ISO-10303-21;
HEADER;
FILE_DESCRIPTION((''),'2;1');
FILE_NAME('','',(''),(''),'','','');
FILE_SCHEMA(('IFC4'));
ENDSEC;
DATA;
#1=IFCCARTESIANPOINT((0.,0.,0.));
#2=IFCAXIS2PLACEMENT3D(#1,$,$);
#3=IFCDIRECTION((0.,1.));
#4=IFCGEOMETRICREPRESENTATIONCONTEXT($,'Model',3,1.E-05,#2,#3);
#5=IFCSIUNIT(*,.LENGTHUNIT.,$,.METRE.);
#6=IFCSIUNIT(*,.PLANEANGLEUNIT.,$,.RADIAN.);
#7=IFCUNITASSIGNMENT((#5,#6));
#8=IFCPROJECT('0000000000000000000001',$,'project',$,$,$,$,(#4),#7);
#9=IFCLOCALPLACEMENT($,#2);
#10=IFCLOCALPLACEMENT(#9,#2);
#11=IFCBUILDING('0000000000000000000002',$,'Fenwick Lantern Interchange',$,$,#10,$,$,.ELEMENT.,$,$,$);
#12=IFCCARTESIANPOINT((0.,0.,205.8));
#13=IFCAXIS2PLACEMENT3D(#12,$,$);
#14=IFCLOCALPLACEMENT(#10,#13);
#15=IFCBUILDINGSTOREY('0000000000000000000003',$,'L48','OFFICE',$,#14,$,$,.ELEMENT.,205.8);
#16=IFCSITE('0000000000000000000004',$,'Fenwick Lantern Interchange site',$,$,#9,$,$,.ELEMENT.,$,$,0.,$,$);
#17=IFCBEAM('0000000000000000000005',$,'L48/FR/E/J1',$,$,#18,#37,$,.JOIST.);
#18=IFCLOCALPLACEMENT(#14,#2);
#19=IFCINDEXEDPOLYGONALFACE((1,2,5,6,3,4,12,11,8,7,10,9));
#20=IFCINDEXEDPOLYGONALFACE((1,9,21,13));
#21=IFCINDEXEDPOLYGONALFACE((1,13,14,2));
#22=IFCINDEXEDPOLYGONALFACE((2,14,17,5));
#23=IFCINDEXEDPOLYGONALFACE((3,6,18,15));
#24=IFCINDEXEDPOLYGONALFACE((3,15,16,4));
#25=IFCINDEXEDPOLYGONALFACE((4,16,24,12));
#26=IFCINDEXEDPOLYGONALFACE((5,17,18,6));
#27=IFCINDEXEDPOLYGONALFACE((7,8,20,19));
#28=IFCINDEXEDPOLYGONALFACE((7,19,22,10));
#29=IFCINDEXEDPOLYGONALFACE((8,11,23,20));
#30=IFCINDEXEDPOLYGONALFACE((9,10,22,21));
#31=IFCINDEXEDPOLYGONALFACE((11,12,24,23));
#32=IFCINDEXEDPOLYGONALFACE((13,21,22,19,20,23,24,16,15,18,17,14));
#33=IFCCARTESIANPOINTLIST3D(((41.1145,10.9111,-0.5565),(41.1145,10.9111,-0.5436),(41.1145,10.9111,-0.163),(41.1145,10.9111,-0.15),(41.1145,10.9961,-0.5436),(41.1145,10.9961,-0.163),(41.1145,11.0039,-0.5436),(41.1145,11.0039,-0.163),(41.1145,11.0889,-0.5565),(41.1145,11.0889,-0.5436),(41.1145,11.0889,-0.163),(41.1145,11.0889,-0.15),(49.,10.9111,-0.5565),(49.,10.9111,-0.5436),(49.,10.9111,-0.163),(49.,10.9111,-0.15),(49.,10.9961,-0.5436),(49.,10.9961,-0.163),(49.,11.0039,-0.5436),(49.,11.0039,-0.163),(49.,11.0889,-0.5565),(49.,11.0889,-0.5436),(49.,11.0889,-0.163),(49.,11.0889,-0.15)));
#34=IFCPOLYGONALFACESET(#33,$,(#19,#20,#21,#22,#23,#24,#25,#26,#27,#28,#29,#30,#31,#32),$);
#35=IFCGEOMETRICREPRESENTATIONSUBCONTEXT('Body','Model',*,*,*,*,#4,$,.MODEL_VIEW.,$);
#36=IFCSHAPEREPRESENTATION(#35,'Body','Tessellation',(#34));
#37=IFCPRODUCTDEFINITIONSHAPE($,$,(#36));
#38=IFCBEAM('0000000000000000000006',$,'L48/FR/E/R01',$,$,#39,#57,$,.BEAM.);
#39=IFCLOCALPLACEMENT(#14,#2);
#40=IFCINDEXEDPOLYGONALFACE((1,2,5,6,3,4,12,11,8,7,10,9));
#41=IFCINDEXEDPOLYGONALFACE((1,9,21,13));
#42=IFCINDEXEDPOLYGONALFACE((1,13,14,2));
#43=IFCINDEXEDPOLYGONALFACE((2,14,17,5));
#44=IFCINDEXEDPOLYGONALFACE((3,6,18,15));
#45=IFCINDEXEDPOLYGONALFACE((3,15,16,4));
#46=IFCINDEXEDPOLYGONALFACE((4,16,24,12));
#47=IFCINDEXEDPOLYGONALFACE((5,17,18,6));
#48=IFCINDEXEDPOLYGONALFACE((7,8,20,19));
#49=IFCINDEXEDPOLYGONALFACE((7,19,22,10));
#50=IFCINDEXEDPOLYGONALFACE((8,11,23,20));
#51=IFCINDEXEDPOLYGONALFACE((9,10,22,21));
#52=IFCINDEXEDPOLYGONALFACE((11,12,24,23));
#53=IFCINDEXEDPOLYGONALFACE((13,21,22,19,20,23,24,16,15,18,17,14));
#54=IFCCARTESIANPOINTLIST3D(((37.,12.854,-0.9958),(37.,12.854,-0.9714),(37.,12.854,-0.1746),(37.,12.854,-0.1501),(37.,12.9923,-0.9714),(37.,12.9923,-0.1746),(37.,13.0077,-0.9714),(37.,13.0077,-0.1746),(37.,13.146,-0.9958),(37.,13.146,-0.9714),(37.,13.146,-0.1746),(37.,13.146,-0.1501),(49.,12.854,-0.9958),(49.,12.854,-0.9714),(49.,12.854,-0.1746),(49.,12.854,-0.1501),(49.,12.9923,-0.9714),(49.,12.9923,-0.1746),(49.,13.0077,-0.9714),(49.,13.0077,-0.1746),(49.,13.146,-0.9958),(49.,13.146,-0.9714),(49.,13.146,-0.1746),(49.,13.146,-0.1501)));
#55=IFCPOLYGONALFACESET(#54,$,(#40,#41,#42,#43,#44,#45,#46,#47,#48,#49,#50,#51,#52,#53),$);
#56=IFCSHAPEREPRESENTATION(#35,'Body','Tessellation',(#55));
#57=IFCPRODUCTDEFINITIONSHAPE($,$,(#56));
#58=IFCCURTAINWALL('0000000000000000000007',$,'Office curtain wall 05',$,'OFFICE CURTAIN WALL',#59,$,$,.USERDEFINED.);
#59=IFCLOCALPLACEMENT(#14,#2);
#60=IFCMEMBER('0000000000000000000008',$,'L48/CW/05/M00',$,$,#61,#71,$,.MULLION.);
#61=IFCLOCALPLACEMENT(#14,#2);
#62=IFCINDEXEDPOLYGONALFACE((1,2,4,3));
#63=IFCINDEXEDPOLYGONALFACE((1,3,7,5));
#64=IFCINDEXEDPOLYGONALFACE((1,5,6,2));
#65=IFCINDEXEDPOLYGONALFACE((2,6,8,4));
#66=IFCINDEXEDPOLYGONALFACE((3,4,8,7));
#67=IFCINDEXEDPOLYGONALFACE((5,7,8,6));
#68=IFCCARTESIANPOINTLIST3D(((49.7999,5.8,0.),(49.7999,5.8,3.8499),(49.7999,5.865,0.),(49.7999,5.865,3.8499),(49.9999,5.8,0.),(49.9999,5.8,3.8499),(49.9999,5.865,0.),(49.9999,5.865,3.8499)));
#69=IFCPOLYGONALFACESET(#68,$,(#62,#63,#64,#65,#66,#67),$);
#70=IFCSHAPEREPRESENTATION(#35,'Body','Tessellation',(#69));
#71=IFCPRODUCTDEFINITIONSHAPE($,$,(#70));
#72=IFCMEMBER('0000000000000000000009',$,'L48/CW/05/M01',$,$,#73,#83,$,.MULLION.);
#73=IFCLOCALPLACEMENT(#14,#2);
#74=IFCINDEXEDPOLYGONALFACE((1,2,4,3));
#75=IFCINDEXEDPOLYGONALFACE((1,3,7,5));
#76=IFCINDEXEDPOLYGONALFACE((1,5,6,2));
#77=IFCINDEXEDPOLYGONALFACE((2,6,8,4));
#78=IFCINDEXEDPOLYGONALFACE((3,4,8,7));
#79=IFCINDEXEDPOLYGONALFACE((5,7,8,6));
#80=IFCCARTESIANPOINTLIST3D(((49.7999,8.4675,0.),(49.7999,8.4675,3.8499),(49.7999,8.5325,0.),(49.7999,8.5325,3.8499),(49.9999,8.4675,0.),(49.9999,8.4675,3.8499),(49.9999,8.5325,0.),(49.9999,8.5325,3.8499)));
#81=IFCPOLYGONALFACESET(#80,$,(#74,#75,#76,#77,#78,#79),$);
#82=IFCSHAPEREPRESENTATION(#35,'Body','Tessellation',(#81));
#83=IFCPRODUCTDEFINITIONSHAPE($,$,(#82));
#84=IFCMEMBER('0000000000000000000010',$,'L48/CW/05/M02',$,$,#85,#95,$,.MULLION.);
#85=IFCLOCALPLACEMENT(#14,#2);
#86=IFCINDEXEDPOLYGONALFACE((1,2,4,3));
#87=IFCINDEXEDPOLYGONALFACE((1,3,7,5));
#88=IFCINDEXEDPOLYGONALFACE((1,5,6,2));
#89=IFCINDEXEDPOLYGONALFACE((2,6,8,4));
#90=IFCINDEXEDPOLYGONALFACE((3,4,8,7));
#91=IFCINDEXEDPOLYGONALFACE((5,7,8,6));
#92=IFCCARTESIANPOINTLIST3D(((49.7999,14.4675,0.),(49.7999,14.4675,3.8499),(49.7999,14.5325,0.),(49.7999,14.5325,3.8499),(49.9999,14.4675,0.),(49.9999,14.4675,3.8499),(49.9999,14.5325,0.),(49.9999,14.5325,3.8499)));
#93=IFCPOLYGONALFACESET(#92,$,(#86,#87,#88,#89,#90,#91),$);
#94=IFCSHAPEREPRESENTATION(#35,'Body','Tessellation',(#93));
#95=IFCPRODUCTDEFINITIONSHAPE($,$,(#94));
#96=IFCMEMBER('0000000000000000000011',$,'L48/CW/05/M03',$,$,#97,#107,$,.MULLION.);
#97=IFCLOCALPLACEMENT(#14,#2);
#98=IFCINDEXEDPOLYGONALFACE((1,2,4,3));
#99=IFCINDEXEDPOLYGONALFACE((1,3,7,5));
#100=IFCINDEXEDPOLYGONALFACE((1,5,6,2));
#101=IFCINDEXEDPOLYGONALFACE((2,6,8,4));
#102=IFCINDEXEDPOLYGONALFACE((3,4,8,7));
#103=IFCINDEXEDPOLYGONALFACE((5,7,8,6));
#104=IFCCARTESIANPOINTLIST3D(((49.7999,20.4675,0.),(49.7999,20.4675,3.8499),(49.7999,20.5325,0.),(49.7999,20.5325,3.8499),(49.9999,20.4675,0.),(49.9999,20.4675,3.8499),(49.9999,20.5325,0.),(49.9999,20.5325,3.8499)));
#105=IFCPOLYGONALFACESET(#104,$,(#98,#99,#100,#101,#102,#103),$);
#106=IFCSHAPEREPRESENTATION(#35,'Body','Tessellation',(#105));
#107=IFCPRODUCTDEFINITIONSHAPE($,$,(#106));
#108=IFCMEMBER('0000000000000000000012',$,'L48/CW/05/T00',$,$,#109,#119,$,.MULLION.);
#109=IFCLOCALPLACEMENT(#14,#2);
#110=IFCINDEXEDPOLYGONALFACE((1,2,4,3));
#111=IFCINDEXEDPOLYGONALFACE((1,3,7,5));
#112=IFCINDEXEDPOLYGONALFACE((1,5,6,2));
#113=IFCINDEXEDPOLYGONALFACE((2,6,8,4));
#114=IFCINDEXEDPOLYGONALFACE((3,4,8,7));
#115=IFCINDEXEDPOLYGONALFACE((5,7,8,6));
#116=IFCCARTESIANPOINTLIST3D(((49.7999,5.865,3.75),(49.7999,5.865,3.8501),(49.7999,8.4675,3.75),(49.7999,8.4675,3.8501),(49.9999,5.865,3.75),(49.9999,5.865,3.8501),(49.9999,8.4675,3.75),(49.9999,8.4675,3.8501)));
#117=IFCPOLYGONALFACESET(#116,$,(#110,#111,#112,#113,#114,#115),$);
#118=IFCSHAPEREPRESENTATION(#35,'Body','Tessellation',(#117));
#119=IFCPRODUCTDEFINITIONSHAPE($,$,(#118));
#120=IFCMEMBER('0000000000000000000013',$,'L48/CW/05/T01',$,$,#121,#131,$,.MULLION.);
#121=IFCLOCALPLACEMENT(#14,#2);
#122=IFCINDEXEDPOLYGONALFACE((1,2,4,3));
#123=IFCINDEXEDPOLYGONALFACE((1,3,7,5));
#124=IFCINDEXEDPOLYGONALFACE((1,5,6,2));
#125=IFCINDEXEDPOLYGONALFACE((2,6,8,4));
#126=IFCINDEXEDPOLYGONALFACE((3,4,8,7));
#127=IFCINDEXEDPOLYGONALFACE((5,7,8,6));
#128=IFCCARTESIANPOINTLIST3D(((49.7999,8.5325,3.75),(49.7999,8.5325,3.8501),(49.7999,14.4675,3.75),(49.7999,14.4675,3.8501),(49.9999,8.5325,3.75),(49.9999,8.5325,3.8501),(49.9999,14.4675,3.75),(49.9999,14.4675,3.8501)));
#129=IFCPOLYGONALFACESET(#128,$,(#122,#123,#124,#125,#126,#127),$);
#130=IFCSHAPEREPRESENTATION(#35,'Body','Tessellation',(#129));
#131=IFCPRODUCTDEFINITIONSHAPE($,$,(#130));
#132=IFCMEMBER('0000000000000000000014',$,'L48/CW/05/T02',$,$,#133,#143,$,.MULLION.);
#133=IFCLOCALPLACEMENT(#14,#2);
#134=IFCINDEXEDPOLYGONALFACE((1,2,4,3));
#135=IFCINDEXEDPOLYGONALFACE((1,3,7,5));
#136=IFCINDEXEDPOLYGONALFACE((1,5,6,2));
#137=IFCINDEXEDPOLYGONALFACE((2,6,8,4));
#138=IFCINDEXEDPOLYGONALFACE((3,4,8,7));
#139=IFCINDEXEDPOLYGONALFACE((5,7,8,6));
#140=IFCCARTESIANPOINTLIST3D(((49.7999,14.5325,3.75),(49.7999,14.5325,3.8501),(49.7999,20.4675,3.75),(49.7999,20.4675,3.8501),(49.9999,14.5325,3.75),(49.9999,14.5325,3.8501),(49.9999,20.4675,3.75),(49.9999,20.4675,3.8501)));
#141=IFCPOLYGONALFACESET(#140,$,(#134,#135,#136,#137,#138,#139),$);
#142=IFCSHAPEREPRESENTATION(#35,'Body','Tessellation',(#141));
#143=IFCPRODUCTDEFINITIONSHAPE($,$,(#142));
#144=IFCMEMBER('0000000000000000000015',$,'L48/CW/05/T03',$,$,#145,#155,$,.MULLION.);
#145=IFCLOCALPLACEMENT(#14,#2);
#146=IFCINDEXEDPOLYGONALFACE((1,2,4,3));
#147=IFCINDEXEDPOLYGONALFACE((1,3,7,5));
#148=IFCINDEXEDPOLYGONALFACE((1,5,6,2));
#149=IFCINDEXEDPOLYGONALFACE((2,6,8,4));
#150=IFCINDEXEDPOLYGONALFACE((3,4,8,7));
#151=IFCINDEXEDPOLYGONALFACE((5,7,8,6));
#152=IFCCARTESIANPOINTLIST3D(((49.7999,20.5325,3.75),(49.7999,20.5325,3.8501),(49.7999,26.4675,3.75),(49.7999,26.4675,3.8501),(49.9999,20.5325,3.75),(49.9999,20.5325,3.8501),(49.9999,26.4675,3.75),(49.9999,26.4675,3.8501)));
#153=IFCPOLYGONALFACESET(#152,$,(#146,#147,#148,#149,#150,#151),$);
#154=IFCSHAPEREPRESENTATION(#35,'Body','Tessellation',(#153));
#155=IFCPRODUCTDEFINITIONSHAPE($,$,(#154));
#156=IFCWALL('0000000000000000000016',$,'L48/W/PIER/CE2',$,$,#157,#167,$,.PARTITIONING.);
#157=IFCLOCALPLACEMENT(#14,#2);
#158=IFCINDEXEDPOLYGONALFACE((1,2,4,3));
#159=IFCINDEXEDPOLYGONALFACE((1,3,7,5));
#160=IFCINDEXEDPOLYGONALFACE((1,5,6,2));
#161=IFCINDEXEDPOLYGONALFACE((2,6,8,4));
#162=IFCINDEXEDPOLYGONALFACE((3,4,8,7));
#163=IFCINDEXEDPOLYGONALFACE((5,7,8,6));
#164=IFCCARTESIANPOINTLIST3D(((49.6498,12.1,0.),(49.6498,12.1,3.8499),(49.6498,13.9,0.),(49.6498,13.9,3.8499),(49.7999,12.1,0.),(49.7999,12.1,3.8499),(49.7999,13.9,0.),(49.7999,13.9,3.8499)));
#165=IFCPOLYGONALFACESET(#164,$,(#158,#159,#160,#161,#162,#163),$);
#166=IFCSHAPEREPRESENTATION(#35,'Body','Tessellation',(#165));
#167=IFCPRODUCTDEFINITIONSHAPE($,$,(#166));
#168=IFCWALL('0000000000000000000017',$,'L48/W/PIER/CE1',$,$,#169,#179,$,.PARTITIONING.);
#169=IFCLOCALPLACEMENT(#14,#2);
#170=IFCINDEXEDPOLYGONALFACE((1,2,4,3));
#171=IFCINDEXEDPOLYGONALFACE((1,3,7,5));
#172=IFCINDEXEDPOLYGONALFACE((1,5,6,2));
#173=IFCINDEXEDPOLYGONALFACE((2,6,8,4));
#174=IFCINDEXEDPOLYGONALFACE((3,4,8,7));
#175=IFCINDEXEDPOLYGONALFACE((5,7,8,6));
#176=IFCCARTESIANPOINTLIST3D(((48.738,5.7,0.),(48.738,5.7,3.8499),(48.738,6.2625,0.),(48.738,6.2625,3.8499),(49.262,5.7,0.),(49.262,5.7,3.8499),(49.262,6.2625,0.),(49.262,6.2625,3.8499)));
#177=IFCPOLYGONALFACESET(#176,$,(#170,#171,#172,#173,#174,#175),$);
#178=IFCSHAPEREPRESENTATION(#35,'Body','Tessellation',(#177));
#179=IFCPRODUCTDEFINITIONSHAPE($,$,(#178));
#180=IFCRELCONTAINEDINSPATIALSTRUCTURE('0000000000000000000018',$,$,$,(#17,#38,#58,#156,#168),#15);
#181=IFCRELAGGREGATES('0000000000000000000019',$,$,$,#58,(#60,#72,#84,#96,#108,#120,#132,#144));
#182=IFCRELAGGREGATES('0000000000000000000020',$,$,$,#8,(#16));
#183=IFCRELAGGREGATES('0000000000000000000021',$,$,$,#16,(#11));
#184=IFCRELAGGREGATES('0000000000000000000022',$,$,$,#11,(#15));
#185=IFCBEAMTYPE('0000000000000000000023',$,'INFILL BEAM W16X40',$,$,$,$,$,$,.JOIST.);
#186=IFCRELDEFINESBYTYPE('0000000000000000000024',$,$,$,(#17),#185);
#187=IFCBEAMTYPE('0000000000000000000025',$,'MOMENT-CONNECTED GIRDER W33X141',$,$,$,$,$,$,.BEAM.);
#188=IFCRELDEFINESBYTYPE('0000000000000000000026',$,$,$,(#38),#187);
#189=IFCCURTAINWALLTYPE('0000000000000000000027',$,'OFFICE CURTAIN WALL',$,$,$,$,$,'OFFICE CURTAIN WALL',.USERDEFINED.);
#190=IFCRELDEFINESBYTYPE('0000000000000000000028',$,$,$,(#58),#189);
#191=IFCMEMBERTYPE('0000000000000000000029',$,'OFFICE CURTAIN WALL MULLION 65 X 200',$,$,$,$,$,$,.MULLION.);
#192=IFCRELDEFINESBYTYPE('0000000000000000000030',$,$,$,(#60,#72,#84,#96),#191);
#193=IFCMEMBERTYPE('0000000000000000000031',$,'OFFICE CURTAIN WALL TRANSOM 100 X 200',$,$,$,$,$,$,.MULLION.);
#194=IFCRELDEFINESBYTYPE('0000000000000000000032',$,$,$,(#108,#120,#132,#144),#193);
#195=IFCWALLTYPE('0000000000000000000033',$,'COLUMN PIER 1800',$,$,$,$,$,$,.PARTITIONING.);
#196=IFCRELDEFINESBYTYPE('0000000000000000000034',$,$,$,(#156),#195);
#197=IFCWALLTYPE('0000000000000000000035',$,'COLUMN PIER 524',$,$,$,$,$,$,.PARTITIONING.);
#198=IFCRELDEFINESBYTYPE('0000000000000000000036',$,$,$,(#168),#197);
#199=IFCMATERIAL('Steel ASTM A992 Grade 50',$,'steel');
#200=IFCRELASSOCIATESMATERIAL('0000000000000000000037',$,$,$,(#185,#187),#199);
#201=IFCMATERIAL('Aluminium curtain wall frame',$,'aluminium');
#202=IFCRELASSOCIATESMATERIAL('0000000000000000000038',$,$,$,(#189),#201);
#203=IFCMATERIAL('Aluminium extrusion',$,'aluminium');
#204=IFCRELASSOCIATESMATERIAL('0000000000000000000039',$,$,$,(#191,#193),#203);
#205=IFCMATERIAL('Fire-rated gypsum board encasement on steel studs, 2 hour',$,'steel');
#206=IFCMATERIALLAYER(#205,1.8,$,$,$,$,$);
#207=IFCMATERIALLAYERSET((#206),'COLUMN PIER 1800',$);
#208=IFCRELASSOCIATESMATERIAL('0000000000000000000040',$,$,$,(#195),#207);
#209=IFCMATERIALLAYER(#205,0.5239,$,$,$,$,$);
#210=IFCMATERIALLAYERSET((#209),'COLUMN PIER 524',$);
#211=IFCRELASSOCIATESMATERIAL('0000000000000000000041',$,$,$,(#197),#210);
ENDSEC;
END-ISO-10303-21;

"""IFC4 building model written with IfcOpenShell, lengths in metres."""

from ifc_helpers import new_model, si_unit, direction, frame, frame_2d, origin, origin_2d, place, context, subcontext, project, spatial, rectangle, i_section, extrude, material, layer, layer_set, material_profile, profile_set, type_object, element, aggregate, save


model = new_model("IFC4")

# Units and contexts
model_context = context("Model", 3, precision=1e-05, world=origin(), true_north=direction((0.0, 1.0)))
body_context = subcontext(model_context, "Body", "Model", "MODEL_VIEW")
ifc_project = project(units=[si_unit("LENGTHUNIT", "METRE"), si_unit("PLANEANGLEUNIT", "RADIAN")], contexts=[model_context])

# Site, building, storey
site_placement = place(None, origin())
site = spatial("IfcSite", under=ifc_project, at=site_placement, Name="Fenwick Lantern Interchange site", CompositionType="ELEMENT", RefElevation=0.0)
building_placement = place(site_placement, origin())
building = spatial("IfcBuilding", under=site, at=building_placement, Name="Fenwick Lantern Interchange", CompositionType="ELEMENT")
storey_placement = place(building_placement, frame((0.0, 0.0, 205.8)))
storey = spatial("IfcBuildingStorey", under=building, at=storey_placement, Name="L48", Description="OFFICE", CompositionType="ELEMENT", Elevation=205.8)

# Shared definitions
ifc_material_1 = material(Name="Steel ASTM A992 Grade 50", Category="steel")

# Beams
ifc_material_profile_1 = material_profile(ifc_material_1, i_section(OverallWidth=0.1777, OverallDepth=0.4065, WebThickness=0.0078, FlangeThickness=0.0129, at=origin_2d()), Name="W16X40")
ifc_profile_set_1 = profile_set([ifc_material_profile_1], Name="Steel ASTM A992 Grade 50")
beam_type_1 = type_object("IfcBeamType", Name="INFILL BEAM W16X40", PredefinedType="JOIST", material=ifc_profile_set_1)
beam_1_placement = place(storey_placement, frame((49.0, 11.0, -0.3533), z_axis=(-1.0, 0.0, 0.0), x_axis=(0.0, -1.0, 0.0)))
element("IfcBeam", 1, at=beam_1_placement, inside=storey, type_object=beam_type_1, Name="L48/FR/E/J1", PredefinedType="JOIST", context=body_context, shape_type="SweptSolid", body=[
    extrude(i_section(OverallWidth=0.1777, OverallDepth=0.4065, WebThickness=0.0078, FlangeThickness=0.0129, at=origin_2d()), origin(), (0.0, 0.0, 1.0), 7.8855),
])
ifc_material_profile_2 = material_profile(ifc_material_1, i_section(OverallWidth=0.292, OverallDepth=0.8457, WebThickness=0.0154, FlangeThickness=0.0244, at=origin_2d()), Name="W33X141")
ifc_profile_set_2 = profile_set([ifc_material_profile_2], Name="Steel ASTM A992 Grade 50")
beam_type_2 = type_object("IfcBeamType", Name="MOMENT-CONNECTED GIRDER W33X141", PredefinedType="BEAM", material=ifc_profile_set_2)
beam_2_placement = place(storey_placement, frame((49.0, 13.0, -0.573), z_axis=(-1.0, 0.0, 0.0), x_axis=(0.0, -1.0, 0.0)))
element("IfcBeam", 2, at=beam_2_placement, inside=storey, type_object=beam_type_2, Name="L48/FR/E/R01", PredefinedType="BEAM", context=body_context, shape_type="SweptSolid", body=[
    extrude(i_section(OverallWidth=0.292, OverallDepth=0.8457, WebThickness=0.0154, FlangeThickness=0.0244, at=origin_2d()), origin(), (0.0, 0.0, 1.0), 12.0),
])

# Curtain wall, members
ifc_material_2 = material(Name="Aluminium curtain wall frame", Category="aluminium")
curtain_wall_type = type_object("IfcCurtainWallType", Name="OFFICE CURTAIN WALL", ElementType="OFFICE CURTAIN WALL", PredefinedType="USERDEFINED", material=ifc_material_2)
curtain_wall_placement = place(storey_placement, origin())
curtain_wall = element("IfcCurtainWall", 3, at=curtain_wall_placement, inside=storey, type_object=curtain_wall_type, Name="Office curtain wall 05", ObjectType="OFFICE CURTAIN WALL", PredefinedType="USERDEFINED")
ifc_material_3 = material(Name="Aluminium extrusion", Category="aluminium")
ifc_material_profile_3 = material_profile(ifc_material_3, rectangle(XDim=0.2, YDim=0.0649, at=origin_2d()), Name="OFFICE CURTAIN WALL MULLION 65 X 200")
ifc_profile_set_3 = profile_set([ifc_material_profile_3], Name="Aluminium extrusion")
member_type_1 = type_object("IfcMemberType", Name="OFFICE CURTAIN WALL MULLION 65 X 200", PredefinedType="MULLION", material=ifc_profile_set_3)
member_1_placement = place(storey_placement, frame((49.8999, 5.8325, 0.0), z_axis=(0.0, 0.0, 1.0), x_axis=(-1.0, 0.0, 0.0)))
member_1 = element("IfcMember", 4, at=member_1_placement, type_object=member_type_1, Name="L48/CW/05/M00", PredefinedType="MULLION", context=body_context, shape_type="SweptSolid", body=[
    extrude(rectangle(XDim=0.2, YDim=0.0649, at=origin_2d()), origin(), (0.0, 0.0, 1.0), 3.8499),
])
member_2_placement = place(storey_placement, frame((49.8999, 8.5, 0.0), z_axis=(0.0, 0.0, 1.0), x_axis=(-1.0, 0.0, 0.0)))
member_2 = element("IfcMember", 5, at=member_2_placement, type_object=member_type_1, Name="L48/CW/05/M01", PredefinedType="MULLION", context=body_context, shape_type="SweptSolid", body=[
    extrude(rectangle(XDim=0.2, YDim=0.0649, at=origin_2d()), origin(), (0.0, 0.0, 1.0), 3.8499),
])
member_3_placement = place(storey_placement, frame((49.8999, 14.5, 0.0), z_axis=(0.0, 0.0, 1.0), x_axis=(-1.0, 0.0, 0.0)))
member_3 = element("IfcMember", 6, at=member_3_placement, type_object=member_type_1, Name="L48/CW/05/M02", PredefinedType="MULLION", context=body_context, shape_type="SweptSolid", body=[
    extrude(rectangle(XDim=0.2, YDim=0.0649, at=origin_2d()), origin(), (0.0, 0.0, 1.0), 3.8499),
])
member_4_placement = place(storey_placement, frame((49.8999, 20.5, 0.0), z_axis=(0.0, 0.0, 1.0), x_axis=(-1.0, 0.0, 0.0)))
member_4 = element("IfcMember", 7, at=member_4_placement, type_object=member_type_1, Name="L48/CW/05/M03", PredefinedType="MULLION", context=body_context, shape_type="SweptSolid", body=[
    extrude(rectangle(XDim=0.2, YDim=0.0649, at=origin_2d()), origin(), (0.0, 0.0, 1.0), 3.8499),
])
ifc_material_profile_4 = material_profile(ifc_material_3, rectangle(XDim=0.2, YDim=0.1001, at=origin_2d()), Name="OFFICE CURTAIN WALL TRANSOM 100 X 200")
ifc_profile_set_4 = profile_set([ifc_material_profile_4], Name="Aluminium extrusion")
member_type_2 = type_object("IfcMemberType", Name="OFFICE CURTAIN WALL TRANSOM 100 X 200", PredefinedType="MULLION", material=ifc_profile_set_4)
member_5_placement = place(storey_placement, frame((49.8999, 5.865, 3.8), z_axis=(0.0, 1.0, 0.0), x_axis=(-1.0, 0.0, 0.0)))
member_5 = element("IfcMember", 8, at=member_5_placement, type_object=member_type_2, Name="L48/CW/05/T00", PredefinedType="MULLION", context=body_context, shape_type="SweptSolid", body=[
    extrude(rectangle(XDim=0.2, YDim=0.1001, at=origin_2d()), origin(), (0.0, 0.0, 1.0), 2.6025),
])
member_6_placement = place(storey_placement, frame((49.8999, 8.5325, 3.8), z_axis=(0.0, 1.0, 0.0), x_axis=(-1.0, 0.0, 0.0)))
member_6 = element("IfcMember", 9, at=member_6_placement, type_object=member_type_2, Name="L48/CW/05/T01", PredefinedType="MULLION", context=body_context, shape_type="SweptSolid", body=[
    extrude(rectangle(XDim=0.2, YDim=0.1001, at=origin_2d()), origin(), (0.0, 0.0, 1.0), 5.9351),
])
member_7_placement = place(storey_placement, frame((49.8999, 14.5325, 3.8), z_axis=(0.0, 1.0, 0.0), x_axis=(-1.0, 0.0, 0.0)))
member_7 = element("IfcMember", 10, at=member_7_placement, type_object=member_type_2, Name="L48/CW/05/T02", PredefinedType="MULLION", context=body_context, shape_type="SweptSolid", body=[
    extrude(rectangle(XDim=0.2, YDim=0.1001, at=origin_2d()), origin(), (0.0, 0.0, 1.0), 5.9351),
])
member_8_placement = place(storey_placement, frame((49.8999, 20.5325, 3.8), z_axis=(0.0, 1.0, 0.0), x_axis=(-1.0, 0.0, 0.0)))
member_8 = element("IfcMember", 11, at=member_8_placement, type_object=member_type_2, Name="L48/CW/05/T03", PredefinedType="MULLION", context=body_context, shape_type="SweptSolid", body=[
    extrude(rectangle(XDim=0.2, YDim=0.1001, at=origin_2d()), origin(), (0.0, 0.0, 1.0), 5.9351),
])
aggregate(curtain_wall, [member_1, member_2, member_3, member_4, member_5, member_6, member_7, member_8])

# Walls
ifc_material_4 = material(Name="Fire-rated gypsum board encasement on steel studs, 2 hour", Category="steel")
ifc_layer_1 = layer(ifc_material_4, 1.8)
ifc_layer_set_1 = layer_set([ifc_layer_1], Name="COLUMN PIER 1800")
wall_type_1 = type_object("IfcWallType", Name="COLUMN PIER 1800", PredefinedType="PARTITIONING", material=ifc_layer_set_1)
wall_1_placement = place(storey_placement, frame((49.8, 13.0, 0.0), z_axis=(0.0, 0.0, 1.0), x_axis=(-1.0, 0.0, 0.0)))
element("IfcWall", 12, at=wall_1_placement, inside=storey, type_object=wall_type_1, Name="L48/W/PIER/CE2", PredefinedType="PARTITIONING", context=body_context, shape_type="SweptSolid", body=[
    extrude(rectangle(XDim=0.1501, YDim=1.8, at=frame_2d((0.0752, 0.0))), origin(), (0.0, 0.0, 1.0), 3.8499),
])
ifc_layer_2 = layer(ifc_material_4, 0.5239)
ifc_layer_set_2 = layer_set([ifc_layer_2], Name="COLUMN PIER 524")
wall_type_2 = type_object("IfcWallType", Name="COLUMN PIER 524", PredefinedType="PARTITIONING", material=ifc_layer_set_2)
wall_2_placement = place(storey_placement, frame((49.0, 5.7, 0.0), z_axis=(0.0, 0.0, 1.0), x_axis=(0.0, 1.0, 0.0)))
element("IfcWall", 13, at=wall_2_placement, inside=storey, type_object=wall_type_2, Name="L48/W/PIER/CE1", PredefinedType="PARTITIONING", context=body_context, shape_type="SweptSolid", body=[
    extrude(rectangle(XDim=0.5625, YDim=0.5239, at=frame_2d((0.2812, 0.0))), origin(), (0.0, 0.0, 1.0), 3.8499),
])

save(model, "model.ifc")
